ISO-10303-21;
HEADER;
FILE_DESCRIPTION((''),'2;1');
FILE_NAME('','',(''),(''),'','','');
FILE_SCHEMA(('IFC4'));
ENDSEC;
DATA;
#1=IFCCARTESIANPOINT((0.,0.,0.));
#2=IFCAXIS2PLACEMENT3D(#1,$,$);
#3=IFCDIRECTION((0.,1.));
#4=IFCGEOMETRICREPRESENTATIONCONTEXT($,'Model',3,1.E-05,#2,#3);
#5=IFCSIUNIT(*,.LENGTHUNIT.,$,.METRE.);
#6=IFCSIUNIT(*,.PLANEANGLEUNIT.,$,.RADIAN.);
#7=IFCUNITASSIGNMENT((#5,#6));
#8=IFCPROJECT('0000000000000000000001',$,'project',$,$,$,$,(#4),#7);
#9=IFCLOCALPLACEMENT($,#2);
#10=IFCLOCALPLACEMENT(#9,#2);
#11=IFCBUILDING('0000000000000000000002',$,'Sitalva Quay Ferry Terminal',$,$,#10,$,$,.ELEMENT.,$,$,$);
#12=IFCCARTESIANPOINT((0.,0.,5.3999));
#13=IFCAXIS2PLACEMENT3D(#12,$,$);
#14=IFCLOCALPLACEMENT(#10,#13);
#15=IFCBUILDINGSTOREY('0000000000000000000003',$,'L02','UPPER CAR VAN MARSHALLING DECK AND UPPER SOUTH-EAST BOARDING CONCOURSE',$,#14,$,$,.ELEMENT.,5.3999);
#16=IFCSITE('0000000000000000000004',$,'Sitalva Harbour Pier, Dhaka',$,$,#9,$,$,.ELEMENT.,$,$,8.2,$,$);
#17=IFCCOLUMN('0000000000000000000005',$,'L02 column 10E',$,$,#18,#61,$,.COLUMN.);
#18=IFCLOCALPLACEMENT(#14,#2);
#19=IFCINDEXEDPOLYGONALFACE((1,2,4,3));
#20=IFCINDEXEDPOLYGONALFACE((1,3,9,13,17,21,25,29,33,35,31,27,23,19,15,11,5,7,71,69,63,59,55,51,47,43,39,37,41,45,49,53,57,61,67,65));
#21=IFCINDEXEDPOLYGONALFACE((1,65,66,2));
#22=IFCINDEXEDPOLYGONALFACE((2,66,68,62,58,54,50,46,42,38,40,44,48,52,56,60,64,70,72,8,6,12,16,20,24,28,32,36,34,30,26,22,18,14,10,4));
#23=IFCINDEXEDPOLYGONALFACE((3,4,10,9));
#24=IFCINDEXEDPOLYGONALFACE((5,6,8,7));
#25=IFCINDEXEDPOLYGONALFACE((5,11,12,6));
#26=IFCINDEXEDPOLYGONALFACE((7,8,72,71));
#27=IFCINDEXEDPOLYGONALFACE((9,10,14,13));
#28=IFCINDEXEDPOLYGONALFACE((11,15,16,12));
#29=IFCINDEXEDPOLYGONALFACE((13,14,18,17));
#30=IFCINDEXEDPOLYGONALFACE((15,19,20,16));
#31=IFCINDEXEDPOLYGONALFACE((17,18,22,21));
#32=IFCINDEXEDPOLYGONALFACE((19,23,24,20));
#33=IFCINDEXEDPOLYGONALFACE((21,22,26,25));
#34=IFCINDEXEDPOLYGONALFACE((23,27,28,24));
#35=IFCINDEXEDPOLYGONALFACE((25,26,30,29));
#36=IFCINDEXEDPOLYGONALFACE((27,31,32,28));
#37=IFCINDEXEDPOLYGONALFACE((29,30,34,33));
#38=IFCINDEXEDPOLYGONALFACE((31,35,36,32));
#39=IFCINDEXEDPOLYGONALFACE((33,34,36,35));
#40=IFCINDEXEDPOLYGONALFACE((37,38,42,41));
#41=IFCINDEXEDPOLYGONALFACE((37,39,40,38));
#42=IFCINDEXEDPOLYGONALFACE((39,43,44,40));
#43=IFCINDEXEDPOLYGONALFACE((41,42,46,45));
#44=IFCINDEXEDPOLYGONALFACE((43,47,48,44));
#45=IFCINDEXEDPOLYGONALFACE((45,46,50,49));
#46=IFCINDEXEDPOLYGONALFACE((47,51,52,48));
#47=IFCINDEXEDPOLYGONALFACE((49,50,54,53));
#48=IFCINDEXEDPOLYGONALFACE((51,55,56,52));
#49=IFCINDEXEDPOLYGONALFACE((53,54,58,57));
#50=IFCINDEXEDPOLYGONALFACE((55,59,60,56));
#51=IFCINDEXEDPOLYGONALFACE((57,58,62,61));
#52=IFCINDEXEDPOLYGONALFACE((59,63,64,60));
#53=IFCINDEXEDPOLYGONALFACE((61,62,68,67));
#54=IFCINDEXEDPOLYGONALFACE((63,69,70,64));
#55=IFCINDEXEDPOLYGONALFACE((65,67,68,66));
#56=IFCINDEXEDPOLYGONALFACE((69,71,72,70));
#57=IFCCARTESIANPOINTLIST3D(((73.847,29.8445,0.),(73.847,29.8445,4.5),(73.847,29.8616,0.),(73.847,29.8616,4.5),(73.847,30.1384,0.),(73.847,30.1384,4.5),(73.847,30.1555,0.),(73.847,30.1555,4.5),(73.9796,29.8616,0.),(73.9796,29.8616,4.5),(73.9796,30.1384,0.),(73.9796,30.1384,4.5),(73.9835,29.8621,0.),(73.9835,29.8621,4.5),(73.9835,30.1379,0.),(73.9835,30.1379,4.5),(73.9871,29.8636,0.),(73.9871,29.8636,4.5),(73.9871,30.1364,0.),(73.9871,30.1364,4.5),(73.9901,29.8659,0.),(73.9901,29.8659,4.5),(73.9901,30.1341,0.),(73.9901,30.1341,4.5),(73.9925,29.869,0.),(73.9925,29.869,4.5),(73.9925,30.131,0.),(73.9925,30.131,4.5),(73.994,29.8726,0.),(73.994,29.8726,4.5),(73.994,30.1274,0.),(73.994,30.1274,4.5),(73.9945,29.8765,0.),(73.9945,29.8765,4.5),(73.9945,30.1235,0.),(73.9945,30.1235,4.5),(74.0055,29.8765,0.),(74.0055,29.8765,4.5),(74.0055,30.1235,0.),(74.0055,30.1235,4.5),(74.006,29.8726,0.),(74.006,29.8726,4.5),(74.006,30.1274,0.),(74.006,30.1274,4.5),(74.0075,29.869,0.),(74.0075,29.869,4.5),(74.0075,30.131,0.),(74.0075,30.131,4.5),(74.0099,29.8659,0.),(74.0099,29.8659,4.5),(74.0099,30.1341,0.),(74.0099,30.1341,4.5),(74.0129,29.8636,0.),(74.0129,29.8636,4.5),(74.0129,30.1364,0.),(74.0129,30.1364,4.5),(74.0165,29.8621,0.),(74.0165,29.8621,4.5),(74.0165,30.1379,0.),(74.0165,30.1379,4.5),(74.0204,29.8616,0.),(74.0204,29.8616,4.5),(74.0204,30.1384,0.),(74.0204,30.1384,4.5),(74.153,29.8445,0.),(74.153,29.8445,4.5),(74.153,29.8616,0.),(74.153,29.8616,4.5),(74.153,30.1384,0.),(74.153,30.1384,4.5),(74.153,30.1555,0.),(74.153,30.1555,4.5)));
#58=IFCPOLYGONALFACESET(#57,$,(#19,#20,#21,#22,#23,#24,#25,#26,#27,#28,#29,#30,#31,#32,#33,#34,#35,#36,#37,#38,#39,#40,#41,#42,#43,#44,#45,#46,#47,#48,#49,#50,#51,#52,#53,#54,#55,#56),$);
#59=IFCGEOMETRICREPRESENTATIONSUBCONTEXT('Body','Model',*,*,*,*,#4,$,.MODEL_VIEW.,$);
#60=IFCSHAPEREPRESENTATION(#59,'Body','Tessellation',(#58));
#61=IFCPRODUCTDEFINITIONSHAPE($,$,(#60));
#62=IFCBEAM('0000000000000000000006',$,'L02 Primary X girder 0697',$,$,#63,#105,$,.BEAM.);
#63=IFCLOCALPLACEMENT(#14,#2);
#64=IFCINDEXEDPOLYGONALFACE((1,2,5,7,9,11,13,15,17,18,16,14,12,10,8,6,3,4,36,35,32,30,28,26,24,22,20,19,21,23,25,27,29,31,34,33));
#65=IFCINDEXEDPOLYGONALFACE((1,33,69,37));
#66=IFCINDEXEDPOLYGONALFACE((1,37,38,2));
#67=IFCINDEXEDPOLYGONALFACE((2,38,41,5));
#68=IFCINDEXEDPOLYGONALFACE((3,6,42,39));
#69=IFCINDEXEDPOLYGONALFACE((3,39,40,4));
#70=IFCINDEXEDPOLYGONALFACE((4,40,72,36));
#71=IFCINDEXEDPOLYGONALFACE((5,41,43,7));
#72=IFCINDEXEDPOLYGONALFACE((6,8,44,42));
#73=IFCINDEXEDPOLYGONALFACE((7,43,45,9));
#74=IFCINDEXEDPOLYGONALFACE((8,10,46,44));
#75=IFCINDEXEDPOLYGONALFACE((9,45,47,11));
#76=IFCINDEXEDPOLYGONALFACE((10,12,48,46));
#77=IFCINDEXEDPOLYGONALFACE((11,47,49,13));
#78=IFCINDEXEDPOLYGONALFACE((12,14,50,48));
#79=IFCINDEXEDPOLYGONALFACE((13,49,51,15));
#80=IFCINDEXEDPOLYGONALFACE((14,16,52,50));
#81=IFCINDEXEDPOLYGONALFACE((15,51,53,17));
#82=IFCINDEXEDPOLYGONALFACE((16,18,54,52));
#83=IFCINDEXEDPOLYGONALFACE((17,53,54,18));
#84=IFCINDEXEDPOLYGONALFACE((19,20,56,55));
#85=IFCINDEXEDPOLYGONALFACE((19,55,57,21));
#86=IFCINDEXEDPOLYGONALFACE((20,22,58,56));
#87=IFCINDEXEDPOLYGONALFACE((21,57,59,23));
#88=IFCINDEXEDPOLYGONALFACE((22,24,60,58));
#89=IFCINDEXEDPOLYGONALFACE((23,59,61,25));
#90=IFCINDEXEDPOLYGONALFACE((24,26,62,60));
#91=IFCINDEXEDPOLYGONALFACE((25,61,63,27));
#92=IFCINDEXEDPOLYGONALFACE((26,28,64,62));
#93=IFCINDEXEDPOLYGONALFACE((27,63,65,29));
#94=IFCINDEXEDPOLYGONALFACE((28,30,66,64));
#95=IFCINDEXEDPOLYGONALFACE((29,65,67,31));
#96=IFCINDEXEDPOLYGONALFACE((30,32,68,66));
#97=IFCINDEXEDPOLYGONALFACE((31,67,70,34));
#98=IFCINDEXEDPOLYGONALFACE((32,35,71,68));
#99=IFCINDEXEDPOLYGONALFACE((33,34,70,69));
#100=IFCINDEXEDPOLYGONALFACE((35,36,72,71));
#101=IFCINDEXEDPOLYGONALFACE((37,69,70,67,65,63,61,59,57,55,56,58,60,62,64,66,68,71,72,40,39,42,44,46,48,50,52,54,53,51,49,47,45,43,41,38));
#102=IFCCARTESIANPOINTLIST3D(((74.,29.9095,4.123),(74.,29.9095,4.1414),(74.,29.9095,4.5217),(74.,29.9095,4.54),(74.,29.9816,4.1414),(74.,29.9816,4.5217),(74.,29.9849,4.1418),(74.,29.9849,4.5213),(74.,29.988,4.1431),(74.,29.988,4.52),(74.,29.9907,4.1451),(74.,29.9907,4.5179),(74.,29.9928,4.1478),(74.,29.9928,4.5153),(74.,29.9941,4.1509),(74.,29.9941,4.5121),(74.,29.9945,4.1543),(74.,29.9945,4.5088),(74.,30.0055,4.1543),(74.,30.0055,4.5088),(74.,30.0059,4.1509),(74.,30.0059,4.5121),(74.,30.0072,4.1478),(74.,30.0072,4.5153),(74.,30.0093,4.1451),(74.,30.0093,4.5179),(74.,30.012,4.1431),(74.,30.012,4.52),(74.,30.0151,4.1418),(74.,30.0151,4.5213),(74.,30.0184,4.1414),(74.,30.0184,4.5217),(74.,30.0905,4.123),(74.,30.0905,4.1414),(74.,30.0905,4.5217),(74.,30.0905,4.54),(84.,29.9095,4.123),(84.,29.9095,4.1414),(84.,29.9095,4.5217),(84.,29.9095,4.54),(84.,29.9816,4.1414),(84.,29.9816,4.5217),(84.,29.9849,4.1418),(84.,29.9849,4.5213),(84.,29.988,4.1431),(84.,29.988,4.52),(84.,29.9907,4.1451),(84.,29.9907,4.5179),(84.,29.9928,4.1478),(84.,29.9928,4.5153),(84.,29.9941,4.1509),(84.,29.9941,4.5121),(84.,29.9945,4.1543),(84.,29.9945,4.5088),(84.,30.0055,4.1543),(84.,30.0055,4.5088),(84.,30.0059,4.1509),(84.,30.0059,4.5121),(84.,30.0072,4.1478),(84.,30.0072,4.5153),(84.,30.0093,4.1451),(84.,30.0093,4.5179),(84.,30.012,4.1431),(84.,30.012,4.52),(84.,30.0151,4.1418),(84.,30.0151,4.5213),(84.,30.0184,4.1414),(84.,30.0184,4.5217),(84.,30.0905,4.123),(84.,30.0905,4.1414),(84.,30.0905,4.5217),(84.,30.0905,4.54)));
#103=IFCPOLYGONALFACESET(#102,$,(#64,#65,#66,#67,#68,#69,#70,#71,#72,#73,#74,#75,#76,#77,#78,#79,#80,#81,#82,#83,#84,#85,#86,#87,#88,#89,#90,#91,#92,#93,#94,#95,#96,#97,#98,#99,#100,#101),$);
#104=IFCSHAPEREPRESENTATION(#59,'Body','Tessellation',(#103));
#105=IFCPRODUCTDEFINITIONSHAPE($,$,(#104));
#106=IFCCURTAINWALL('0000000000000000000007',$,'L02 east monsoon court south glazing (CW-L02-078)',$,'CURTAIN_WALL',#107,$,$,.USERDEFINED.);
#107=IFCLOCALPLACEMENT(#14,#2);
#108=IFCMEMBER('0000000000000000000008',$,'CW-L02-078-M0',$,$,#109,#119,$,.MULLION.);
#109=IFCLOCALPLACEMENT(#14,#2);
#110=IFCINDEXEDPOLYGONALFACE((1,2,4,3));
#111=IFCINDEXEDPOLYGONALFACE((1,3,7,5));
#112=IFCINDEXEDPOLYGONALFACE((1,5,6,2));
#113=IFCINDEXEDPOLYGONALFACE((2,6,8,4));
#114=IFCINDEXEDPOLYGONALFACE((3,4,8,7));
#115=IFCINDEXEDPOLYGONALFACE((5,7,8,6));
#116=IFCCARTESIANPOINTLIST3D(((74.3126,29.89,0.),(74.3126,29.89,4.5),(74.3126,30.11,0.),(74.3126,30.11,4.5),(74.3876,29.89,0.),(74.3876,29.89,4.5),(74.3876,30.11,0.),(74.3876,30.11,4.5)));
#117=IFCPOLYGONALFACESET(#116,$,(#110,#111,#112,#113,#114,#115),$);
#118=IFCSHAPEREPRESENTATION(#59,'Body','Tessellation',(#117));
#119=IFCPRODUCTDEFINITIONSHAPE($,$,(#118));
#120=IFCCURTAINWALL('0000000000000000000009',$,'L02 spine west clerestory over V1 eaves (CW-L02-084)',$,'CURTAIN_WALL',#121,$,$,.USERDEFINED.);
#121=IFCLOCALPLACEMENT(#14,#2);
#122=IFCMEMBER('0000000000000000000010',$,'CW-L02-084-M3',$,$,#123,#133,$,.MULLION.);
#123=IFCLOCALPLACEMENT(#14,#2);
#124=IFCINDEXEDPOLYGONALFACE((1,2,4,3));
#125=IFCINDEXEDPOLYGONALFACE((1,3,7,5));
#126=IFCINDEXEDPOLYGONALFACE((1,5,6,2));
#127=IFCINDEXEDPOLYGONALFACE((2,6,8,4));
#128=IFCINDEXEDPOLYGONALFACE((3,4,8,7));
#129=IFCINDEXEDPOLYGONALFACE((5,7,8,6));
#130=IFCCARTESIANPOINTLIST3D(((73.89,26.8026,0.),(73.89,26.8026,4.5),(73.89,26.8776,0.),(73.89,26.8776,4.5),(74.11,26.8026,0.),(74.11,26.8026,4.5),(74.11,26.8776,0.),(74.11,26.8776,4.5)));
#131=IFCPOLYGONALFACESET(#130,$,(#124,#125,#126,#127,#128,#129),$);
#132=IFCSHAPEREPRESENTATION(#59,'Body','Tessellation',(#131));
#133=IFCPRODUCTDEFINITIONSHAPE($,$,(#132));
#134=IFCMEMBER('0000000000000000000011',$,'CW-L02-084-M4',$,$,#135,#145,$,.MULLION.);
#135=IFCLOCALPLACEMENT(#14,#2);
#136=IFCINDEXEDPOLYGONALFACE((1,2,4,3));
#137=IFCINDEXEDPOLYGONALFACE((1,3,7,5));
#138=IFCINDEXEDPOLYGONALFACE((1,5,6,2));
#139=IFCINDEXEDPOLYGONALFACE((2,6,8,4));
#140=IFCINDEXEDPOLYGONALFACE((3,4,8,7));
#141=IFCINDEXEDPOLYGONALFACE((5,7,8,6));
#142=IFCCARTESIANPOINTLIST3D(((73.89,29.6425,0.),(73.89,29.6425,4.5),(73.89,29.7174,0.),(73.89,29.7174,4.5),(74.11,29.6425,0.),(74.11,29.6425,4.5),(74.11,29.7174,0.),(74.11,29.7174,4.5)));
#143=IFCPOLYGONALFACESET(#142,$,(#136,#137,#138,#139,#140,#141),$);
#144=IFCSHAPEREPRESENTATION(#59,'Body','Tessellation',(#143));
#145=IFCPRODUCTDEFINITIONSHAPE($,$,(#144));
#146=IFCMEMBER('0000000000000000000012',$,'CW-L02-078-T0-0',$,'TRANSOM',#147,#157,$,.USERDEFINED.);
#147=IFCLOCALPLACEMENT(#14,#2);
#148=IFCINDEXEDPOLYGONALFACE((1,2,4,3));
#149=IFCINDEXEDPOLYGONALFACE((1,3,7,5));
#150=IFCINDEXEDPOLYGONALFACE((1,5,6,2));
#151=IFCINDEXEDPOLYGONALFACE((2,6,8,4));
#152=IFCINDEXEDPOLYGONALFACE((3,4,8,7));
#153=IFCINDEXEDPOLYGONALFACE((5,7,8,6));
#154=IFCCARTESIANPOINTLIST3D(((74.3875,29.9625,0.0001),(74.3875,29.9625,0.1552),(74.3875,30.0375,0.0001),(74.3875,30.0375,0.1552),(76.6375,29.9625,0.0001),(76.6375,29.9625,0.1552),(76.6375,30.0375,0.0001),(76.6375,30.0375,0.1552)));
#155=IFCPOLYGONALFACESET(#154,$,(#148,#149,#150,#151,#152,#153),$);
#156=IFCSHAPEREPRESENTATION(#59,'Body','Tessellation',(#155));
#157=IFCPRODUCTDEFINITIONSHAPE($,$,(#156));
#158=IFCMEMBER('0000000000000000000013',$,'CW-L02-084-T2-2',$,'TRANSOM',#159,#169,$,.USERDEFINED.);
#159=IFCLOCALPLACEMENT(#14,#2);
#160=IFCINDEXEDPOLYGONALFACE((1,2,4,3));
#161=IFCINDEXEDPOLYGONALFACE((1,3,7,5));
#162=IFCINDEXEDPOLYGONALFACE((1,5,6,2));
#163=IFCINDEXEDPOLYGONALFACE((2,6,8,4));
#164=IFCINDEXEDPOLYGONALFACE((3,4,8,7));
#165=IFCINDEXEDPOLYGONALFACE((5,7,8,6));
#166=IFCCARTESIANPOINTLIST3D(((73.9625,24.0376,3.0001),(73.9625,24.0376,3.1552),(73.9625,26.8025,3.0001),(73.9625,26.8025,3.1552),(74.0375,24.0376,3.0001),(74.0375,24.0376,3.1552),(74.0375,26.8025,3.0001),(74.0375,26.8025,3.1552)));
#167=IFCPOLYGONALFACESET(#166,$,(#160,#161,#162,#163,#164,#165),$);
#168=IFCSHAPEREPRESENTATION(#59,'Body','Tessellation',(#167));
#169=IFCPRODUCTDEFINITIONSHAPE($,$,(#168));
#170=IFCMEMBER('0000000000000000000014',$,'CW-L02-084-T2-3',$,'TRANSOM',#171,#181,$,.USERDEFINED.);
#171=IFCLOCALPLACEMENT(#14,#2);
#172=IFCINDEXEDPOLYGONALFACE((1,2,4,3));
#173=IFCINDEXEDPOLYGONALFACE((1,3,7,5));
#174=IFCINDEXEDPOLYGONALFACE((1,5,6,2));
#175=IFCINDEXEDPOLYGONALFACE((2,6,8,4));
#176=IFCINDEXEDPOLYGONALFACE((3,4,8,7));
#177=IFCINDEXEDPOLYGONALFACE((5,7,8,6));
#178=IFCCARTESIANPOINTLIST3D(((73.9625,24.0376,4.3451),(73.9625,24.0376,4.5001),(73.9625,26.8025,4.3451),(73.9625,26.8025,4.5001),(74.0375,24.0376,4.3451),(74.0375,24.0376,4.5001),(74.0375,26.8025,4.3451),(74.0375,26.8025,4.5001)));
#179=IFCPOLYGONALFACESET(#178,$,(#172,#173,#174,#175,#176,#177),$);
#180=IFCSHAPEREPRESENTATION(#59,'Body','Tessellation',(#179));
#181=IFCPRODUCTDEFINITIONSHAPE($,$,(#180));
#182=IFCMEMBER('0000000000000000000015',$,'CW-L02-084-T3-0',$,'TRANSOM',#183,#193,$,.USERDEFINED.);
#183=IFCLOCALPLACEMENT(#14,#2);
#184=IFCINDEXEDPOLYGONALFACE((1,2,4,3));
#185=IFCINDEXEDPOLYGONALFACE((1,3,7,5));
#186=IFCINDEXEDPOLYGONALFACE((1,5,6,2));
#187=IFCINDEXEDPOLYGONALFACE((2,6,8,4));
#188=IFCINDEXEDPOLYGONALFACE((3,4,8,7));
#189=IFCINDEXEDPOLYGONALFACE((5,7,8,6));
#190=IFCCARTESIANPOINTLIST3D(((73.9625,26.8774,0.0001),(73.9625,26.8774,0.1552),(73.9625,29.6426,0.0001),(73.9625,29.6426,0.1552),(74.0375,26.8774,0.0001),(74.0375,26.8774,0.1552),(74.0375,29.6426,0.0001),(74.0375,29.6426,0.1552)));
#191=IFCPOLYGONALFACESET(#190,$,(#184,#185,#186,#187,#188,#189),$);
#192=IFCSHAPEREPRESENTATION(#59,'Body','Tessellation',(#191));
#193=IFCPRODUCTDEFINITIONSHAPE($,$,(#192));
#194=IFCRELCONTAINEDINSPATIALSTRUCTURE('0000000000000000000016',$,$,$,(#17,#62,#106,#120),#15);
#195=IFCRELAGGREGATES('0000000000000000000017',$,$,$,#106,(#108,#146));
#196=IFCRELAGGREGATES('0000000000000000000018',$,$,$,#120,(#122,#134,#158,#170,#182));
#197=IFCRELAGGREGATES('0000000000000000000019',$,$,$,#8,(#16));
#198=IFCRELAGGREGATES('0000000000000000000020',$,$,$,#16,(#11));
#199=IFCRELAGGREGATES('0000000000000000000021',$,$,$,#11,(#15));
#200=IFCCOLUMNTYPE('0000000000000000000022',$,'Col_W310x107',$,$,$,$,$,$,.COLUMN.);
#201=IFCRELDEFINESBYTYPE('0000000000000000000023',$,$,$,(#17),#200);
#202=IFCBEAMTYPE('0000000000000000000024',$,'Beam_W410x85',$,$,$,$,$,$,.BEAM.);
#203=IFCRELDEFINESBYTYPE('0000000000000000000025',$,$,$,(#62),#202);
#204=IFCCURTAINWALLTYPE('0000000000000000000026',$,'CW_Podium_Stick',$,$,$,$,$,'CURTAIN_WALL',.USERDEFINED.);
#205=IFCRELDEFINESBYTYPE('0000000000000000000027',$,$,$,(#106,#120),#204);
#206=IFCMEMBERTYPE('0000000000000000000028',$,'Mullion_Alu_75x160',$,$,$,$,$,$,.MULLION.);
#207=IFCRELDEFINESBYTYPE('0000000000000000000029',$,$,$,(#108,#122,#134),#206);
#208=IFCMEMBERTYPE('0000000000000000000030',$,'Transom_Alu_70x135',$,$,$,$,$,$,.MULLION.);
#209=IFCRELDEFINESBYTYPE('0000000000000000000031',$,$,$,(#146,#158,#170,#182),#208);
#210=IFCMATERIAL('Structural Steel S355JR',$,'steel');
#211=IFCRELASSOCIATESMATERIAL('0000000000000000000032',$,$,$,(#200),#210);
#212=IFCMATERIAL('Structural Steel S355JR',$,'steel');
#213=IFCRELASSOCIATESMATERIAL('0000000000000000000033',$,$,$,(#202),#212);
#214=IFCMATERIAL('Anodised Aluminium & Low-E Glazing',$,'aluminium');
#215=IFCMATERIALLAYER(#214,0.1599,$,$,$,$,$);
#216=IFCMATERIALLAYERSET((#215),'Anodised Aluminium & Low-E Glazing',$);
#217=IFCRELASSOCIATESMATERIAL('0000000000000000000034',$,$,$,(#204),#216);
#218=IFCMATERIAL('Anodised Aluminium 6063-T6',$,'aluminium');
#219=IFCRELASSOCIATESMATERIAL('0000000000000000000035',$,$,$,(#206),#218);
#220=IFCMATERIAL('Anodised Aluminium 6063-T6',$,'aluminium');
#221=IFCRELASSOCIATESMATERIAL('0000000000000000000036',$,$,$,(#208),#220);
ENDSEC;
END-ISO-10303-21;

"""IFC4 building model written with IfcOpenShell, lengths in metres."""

from ifc_helpers import new_model, si_unit, direction, frame, origin, origin_2d, place, context, subcontext, project, spatial, rectangle, i_section, extrude, material, layer, layer_set, material_profile, profile_set, type_object, element, aggregate, save


model = new_model("IFC4")

# Units and contexts
model_context = context("Model", 3, precision=1e-05, world=origin(), true_north=direction((0.0, 1.0)))
body_context = subcontext(model_context, "Body", "Model", "MODEL_VIEW")
ifc_project = project(units=[si_unit("LENGTHUNIT", "METRE"), si_unit("PLANEANGLEUNIT", "RADIAN")], contexts=[model_context])

# Site, building, storey
site_placement = place(None, origin())
site = spatial("IfcSite", under=ifc_project, at=site_placement, Name="Sitalva Harbour Pier, Dhaka", CompositionType="ELEMENT", RefElevation=8.2)
building_placement = place(site_placement, origin())
building = spatial("IfcBuilding", under=site, at=building_placement, Name="Sitalva Quay Ferry Terminal", CompositionType="ELEMENT")
storey_placement = place(building_placement, frame((0.0, 0.0, 5.3999)))
storey = spatial("IfcBuildingStorey", under=building, at=storey_placement, Name="L02", Description="UPPER CAR VAN MARSHALLING DECK AND UPPER SOUTH-EAST BOARDING CONCOURSE", CompositionType="ELEMENT", Elevation=5.3999)

# Column
ifc_material_1 = material(Name="Structural Steel S355JR", Category="steel")
ifc_material_profile_1 = material_profile(ifc_material_1, i_section(OverallWidth=0.3059, OverallDepth=0.311, WebThickness=0.011, FlangeThickness=0.0171, FilletRadius=0.0149, at=origin_2d()), Name="W310x107")
ifc_profile_set_1 = profile_set([ifc_material_profile_1], Name="Structural Steel S355JR")
column_type = type_object("IfcColumnType", Name="Col_W310x107", PredefinedType="COLUMN", material=ifc_profile_set_1)
column_placement = place(storey_placement, frame((74.0, 30.0, 0.0), z_axis=(0.0, 0.0, 1.0), x_axis=(1.0, 0.0, 0.0)))
element("IfcColumn", 1, at=column_placement, inside=storey, type_object=column_type, Name="L02 column 10E", PredefinedType="COLUMN", context=body_context, shape_type="SweptSolid", body=[
    extrude(i_section(OverallWidth=0.3059, OverallDepth=0.311, WebThickness=0.011, FlangeThickness=0.0171, FilletRadius=0.0149, at=origin_2d()), origin(), (0.0, 0.0, 1.0), 4.5),
])

# Beam
ifc_material_2 = material(Name="Structural Steel S355JR", Category="steel")
ifc_material_profile_2 = material_profile(ifc_material_2, i_section(OverallWidth=0.1809, OverallDepth=0.417, WebThickness=0.011, FlangeThickness=0.0183, FilletRadius=0.0129, at=origin_2d()), Name="W410x85")
ifc_profile_set_2 = profile_set([ifc_material_profile_2], Name="Structural Steel S355JR")
beam_type = type_object("IfcBeamType", Name="Beam_W410x85", PredefinedType="BEAM", material=ifc_profile_set_2)
beam_placement = place(storey_placement, frame((74.0, 30.0, 4.3315), z_axis=(1.0, 0.0, 0.0), x_axis=(0.0, 1.0, 0.0)))
element("IfcBeam", 2, at=beam_placement, inside=storey, type_object=beam_type, Name="L02 Primary X girder 0697", PredefinedType="BEAM", context=body_context, shape_type="SweptSolid", body=[
    extrude(i_section(OverallWidth=0.1809, OverallDepth=0.417, WebThickness=0.011, FlangeThickness=0.0183, FilletRadius=0.0129, at=origin_2d()), origin(), (0.0, 0.0, 1.0), 10.0),
])

# Curtain wall, member
ifc_material_3 = material(Name="Anodised Aluminium & Low-E Glazing", Category="aluminium")
ifc_layer_1 = layer(ifc_material_3, 0.1599)
ifc_layer_set_1 = layer_set([ifc_layer_1], Name="Anodised Aluminium & Low-E Glazing")
curtain_wall_type = type_object("IfcCurtainWallType", Name="CW_Podium_Stick", ElementType="CURTAIN_WALL", PredefinedType="USERDEFINED", material=ifc_layer_set_1)
curtain_wall_1_placement = place(storey_placement, origin())
curtain_wall_1 = element("IfcCurtainWall", 3, at=curtain_wall_1_placement, inside=storey, type_object=curtain_wall_type, Name="L02 east monsoon court south glazing (CW-L02-078)", ObjectType="CURTAIN_WALL", PredefinedType="USERDEFINED")
ifc_material_4 = material(Name="Anodised Aluminium 6063-T6", Category="aluminium")
ifc_material_profile_3 = material_profile(ifc_material_4, rectangle(XDim=0.075, YDim=0.22, at=origin_2d()), Name="ALU75x220")
ifc_profile_set_3 = profile_set([ifc_material_profile_3], Name="Anodised Aluminium 6063-T6")
member_type_1 = type_object("IfcMemberType", Name="Mullion_Alu_75x160", PredefinedType="MULLION", material=ifc_profile_set_3)
member_1_placement = place(storey_placement, frame((74.3501, 30.0, 0.0), z_axis=(0.0, 0.0, 1.0), x_axis=(1.0, 0.0, 0.0)))
member_1 = element("IfcMember", 4, at=member_1_placement, type_object=member_type_1, Name="CW-L02-078-M0", PredefinedType="MULLION", context=body_context, shape_type="SweptSolid", body=[
    extrude(rectangle(XDim=0.075, YDim=0.22, at=origin_2d()), origin(), (0.0, 0.0, 1.0), 4.5),
])

# Curtain wall, members
curtain_wall_2_placement = place(storey_placement, origin())
curtain_wall_2 = element("IfcCurtainWall", 5, at=curtain_wall_2_placement, inside=storey, type_object=curtain_wall_type, Name="L02 spine west clerestory over V1 eaves (CW-L02-084)", ObjectType="CURTAIN_WALL", PredefinedType="USERDEFINED")
member_2_placement = place(storey_placement, frame((74.0, 26.8401, 0.0), z_axis=(0.0, 0.0, 1.0), x_axis=(0.0, 1.0, 0.0)))
member_2 = element("IfcMember", 6, at=member_2_placement, type_object=member_type_1, Name="CW-L02-084-M3", PredefinedType="MULLION", context=body_context, shape_type="SweptSolid", body=[
    extrude(rectangle(XDim=0.075, YDim=0.22, at=origin_2d()), origin(), (0.0, 0.0, 1.0), 4.5),
])
member_3_placement = place(storey_placement, frame((74.0, 29.6799, 0.0), z_axis=(0.0, 0.0, 1.0), x_axis=(0.0, 1.0, 0.0)))
member_3 = element("IfcMember", 7, at=member_3_placement, type_object=member_type_1, Name="CW-L02-084-M4", PredefinedType="MULLION", context=body_context, shape_type="SweptSolid", body=[
    extrude(rectangle(XDim=0.075, YDim=0.22, at=origin_2d()), origin(), (0.0, 0.0, 1.0), 4.5),
])

# Members
ifc_material_5 = material(Name="Anodised Aluminium 6063-T6", Category="aluminium")
ifc_material_profile_4 = material_profile(ifc_material_5, rectangle(XDim=0.075, YDim=0.155, at=origin_2d()), Name="ALU75x155")
ifc_profile_set_4 = profile_set([ifc_material_profile_4], Name="Anodised Aluminium 6063-T6")
member_type_2 = type_object("IfcMemberType", Name="Transom_Alu_70x135", PredefinedType="MULLION", material=ifc_profile_set_4)
member_4_placement = place(storey_placement, frame((74.3875, 30.0, 0.0776), z_axis=(1.0, 0.0, 0.0), x_axis=(0.0, 1.0, 0.0)))
member_4 = element("IfcMember", 8, at=member_4_placement, type_object=member_type_2, Name="CW-L02-078-T0-0", ObjectType="TRANSOM", PredefinedType="USERDEFINED", context=body_context, shape_type="SweptSolid", body=[
    extrude(rectangle(XDim=0.075, YDim=0.155, at=origin_2d()), origin(), (0.0, 0.0, 1.0), 2.25),
])
aggregate(curtain_wall_1, [member_1, member_4])
member_5_placement = place(storey_placement, frame((74.0, 24.0376, 3.0776), z_axis=(0.0, 1.0, 0.0), x_axis=(-1.0, 0.0, 0.0)))
member_5 = element("IfcMember", 9, at=member_5_placement, type_object=member_type_2, Name="CW-L02-084-T2-2", ObjectType="TRANSOM", PredefinedType="USERDEFINED", context=body_context, shape_type="SweptSolid", body=[
    extrude(rectangle(XDim=0.075, YDim=0.155, at=origin_2d()), origin(), (0.0, 0.0, 1.0), 2.7649),
])
member_6_placement = place(storey_placement, frame((74.0, 24.0376, 4.4226), z_axis=(0.0, 1.0, 0.0), x_axis=(-1.0, 0.0, 0.0)))
member_6 = element("IfcMember", 10, at=member_6_placement, type_object=member_type_2, Name="CW-L02-084-T2-3", ObjectType="TRANSOM", PredefinedType="USERDEFINED", context=body_context, shape_type="SweptSolid", body=[
    extrude(rectangle(XDim=0.075, YDim=0.155, at=origin_2d()), origin(), (0.0, 0.0, 1.0), 2.7649),
])
member_7_placement = place(storey_placement, frame((74.0, 26.8774, 0.0776), z_axis=(0.0, 1.0, 0.0), x_axis=(-1.0, 0.0, 0.0)))
member_7 = element("IfcMember", 11, at=member_7_placement, type_object=member_type_2, Name="CW-L02-084-T3-0", ObjectType="TRANSOM", PredefinedType="USERDEFINED", context=body_context, shape_type="SweptSolid", body=[
    extrude(rectangle(XDim=0.075, YDim=0.155, at=origin_2d()), origin(), (0.0, 0.0, 1.0), 2.7651),
])

aggregate(curtain_wall_2, [member_2, member_3, member_5, member_6, member_7])

save(model, "model.ifc")
